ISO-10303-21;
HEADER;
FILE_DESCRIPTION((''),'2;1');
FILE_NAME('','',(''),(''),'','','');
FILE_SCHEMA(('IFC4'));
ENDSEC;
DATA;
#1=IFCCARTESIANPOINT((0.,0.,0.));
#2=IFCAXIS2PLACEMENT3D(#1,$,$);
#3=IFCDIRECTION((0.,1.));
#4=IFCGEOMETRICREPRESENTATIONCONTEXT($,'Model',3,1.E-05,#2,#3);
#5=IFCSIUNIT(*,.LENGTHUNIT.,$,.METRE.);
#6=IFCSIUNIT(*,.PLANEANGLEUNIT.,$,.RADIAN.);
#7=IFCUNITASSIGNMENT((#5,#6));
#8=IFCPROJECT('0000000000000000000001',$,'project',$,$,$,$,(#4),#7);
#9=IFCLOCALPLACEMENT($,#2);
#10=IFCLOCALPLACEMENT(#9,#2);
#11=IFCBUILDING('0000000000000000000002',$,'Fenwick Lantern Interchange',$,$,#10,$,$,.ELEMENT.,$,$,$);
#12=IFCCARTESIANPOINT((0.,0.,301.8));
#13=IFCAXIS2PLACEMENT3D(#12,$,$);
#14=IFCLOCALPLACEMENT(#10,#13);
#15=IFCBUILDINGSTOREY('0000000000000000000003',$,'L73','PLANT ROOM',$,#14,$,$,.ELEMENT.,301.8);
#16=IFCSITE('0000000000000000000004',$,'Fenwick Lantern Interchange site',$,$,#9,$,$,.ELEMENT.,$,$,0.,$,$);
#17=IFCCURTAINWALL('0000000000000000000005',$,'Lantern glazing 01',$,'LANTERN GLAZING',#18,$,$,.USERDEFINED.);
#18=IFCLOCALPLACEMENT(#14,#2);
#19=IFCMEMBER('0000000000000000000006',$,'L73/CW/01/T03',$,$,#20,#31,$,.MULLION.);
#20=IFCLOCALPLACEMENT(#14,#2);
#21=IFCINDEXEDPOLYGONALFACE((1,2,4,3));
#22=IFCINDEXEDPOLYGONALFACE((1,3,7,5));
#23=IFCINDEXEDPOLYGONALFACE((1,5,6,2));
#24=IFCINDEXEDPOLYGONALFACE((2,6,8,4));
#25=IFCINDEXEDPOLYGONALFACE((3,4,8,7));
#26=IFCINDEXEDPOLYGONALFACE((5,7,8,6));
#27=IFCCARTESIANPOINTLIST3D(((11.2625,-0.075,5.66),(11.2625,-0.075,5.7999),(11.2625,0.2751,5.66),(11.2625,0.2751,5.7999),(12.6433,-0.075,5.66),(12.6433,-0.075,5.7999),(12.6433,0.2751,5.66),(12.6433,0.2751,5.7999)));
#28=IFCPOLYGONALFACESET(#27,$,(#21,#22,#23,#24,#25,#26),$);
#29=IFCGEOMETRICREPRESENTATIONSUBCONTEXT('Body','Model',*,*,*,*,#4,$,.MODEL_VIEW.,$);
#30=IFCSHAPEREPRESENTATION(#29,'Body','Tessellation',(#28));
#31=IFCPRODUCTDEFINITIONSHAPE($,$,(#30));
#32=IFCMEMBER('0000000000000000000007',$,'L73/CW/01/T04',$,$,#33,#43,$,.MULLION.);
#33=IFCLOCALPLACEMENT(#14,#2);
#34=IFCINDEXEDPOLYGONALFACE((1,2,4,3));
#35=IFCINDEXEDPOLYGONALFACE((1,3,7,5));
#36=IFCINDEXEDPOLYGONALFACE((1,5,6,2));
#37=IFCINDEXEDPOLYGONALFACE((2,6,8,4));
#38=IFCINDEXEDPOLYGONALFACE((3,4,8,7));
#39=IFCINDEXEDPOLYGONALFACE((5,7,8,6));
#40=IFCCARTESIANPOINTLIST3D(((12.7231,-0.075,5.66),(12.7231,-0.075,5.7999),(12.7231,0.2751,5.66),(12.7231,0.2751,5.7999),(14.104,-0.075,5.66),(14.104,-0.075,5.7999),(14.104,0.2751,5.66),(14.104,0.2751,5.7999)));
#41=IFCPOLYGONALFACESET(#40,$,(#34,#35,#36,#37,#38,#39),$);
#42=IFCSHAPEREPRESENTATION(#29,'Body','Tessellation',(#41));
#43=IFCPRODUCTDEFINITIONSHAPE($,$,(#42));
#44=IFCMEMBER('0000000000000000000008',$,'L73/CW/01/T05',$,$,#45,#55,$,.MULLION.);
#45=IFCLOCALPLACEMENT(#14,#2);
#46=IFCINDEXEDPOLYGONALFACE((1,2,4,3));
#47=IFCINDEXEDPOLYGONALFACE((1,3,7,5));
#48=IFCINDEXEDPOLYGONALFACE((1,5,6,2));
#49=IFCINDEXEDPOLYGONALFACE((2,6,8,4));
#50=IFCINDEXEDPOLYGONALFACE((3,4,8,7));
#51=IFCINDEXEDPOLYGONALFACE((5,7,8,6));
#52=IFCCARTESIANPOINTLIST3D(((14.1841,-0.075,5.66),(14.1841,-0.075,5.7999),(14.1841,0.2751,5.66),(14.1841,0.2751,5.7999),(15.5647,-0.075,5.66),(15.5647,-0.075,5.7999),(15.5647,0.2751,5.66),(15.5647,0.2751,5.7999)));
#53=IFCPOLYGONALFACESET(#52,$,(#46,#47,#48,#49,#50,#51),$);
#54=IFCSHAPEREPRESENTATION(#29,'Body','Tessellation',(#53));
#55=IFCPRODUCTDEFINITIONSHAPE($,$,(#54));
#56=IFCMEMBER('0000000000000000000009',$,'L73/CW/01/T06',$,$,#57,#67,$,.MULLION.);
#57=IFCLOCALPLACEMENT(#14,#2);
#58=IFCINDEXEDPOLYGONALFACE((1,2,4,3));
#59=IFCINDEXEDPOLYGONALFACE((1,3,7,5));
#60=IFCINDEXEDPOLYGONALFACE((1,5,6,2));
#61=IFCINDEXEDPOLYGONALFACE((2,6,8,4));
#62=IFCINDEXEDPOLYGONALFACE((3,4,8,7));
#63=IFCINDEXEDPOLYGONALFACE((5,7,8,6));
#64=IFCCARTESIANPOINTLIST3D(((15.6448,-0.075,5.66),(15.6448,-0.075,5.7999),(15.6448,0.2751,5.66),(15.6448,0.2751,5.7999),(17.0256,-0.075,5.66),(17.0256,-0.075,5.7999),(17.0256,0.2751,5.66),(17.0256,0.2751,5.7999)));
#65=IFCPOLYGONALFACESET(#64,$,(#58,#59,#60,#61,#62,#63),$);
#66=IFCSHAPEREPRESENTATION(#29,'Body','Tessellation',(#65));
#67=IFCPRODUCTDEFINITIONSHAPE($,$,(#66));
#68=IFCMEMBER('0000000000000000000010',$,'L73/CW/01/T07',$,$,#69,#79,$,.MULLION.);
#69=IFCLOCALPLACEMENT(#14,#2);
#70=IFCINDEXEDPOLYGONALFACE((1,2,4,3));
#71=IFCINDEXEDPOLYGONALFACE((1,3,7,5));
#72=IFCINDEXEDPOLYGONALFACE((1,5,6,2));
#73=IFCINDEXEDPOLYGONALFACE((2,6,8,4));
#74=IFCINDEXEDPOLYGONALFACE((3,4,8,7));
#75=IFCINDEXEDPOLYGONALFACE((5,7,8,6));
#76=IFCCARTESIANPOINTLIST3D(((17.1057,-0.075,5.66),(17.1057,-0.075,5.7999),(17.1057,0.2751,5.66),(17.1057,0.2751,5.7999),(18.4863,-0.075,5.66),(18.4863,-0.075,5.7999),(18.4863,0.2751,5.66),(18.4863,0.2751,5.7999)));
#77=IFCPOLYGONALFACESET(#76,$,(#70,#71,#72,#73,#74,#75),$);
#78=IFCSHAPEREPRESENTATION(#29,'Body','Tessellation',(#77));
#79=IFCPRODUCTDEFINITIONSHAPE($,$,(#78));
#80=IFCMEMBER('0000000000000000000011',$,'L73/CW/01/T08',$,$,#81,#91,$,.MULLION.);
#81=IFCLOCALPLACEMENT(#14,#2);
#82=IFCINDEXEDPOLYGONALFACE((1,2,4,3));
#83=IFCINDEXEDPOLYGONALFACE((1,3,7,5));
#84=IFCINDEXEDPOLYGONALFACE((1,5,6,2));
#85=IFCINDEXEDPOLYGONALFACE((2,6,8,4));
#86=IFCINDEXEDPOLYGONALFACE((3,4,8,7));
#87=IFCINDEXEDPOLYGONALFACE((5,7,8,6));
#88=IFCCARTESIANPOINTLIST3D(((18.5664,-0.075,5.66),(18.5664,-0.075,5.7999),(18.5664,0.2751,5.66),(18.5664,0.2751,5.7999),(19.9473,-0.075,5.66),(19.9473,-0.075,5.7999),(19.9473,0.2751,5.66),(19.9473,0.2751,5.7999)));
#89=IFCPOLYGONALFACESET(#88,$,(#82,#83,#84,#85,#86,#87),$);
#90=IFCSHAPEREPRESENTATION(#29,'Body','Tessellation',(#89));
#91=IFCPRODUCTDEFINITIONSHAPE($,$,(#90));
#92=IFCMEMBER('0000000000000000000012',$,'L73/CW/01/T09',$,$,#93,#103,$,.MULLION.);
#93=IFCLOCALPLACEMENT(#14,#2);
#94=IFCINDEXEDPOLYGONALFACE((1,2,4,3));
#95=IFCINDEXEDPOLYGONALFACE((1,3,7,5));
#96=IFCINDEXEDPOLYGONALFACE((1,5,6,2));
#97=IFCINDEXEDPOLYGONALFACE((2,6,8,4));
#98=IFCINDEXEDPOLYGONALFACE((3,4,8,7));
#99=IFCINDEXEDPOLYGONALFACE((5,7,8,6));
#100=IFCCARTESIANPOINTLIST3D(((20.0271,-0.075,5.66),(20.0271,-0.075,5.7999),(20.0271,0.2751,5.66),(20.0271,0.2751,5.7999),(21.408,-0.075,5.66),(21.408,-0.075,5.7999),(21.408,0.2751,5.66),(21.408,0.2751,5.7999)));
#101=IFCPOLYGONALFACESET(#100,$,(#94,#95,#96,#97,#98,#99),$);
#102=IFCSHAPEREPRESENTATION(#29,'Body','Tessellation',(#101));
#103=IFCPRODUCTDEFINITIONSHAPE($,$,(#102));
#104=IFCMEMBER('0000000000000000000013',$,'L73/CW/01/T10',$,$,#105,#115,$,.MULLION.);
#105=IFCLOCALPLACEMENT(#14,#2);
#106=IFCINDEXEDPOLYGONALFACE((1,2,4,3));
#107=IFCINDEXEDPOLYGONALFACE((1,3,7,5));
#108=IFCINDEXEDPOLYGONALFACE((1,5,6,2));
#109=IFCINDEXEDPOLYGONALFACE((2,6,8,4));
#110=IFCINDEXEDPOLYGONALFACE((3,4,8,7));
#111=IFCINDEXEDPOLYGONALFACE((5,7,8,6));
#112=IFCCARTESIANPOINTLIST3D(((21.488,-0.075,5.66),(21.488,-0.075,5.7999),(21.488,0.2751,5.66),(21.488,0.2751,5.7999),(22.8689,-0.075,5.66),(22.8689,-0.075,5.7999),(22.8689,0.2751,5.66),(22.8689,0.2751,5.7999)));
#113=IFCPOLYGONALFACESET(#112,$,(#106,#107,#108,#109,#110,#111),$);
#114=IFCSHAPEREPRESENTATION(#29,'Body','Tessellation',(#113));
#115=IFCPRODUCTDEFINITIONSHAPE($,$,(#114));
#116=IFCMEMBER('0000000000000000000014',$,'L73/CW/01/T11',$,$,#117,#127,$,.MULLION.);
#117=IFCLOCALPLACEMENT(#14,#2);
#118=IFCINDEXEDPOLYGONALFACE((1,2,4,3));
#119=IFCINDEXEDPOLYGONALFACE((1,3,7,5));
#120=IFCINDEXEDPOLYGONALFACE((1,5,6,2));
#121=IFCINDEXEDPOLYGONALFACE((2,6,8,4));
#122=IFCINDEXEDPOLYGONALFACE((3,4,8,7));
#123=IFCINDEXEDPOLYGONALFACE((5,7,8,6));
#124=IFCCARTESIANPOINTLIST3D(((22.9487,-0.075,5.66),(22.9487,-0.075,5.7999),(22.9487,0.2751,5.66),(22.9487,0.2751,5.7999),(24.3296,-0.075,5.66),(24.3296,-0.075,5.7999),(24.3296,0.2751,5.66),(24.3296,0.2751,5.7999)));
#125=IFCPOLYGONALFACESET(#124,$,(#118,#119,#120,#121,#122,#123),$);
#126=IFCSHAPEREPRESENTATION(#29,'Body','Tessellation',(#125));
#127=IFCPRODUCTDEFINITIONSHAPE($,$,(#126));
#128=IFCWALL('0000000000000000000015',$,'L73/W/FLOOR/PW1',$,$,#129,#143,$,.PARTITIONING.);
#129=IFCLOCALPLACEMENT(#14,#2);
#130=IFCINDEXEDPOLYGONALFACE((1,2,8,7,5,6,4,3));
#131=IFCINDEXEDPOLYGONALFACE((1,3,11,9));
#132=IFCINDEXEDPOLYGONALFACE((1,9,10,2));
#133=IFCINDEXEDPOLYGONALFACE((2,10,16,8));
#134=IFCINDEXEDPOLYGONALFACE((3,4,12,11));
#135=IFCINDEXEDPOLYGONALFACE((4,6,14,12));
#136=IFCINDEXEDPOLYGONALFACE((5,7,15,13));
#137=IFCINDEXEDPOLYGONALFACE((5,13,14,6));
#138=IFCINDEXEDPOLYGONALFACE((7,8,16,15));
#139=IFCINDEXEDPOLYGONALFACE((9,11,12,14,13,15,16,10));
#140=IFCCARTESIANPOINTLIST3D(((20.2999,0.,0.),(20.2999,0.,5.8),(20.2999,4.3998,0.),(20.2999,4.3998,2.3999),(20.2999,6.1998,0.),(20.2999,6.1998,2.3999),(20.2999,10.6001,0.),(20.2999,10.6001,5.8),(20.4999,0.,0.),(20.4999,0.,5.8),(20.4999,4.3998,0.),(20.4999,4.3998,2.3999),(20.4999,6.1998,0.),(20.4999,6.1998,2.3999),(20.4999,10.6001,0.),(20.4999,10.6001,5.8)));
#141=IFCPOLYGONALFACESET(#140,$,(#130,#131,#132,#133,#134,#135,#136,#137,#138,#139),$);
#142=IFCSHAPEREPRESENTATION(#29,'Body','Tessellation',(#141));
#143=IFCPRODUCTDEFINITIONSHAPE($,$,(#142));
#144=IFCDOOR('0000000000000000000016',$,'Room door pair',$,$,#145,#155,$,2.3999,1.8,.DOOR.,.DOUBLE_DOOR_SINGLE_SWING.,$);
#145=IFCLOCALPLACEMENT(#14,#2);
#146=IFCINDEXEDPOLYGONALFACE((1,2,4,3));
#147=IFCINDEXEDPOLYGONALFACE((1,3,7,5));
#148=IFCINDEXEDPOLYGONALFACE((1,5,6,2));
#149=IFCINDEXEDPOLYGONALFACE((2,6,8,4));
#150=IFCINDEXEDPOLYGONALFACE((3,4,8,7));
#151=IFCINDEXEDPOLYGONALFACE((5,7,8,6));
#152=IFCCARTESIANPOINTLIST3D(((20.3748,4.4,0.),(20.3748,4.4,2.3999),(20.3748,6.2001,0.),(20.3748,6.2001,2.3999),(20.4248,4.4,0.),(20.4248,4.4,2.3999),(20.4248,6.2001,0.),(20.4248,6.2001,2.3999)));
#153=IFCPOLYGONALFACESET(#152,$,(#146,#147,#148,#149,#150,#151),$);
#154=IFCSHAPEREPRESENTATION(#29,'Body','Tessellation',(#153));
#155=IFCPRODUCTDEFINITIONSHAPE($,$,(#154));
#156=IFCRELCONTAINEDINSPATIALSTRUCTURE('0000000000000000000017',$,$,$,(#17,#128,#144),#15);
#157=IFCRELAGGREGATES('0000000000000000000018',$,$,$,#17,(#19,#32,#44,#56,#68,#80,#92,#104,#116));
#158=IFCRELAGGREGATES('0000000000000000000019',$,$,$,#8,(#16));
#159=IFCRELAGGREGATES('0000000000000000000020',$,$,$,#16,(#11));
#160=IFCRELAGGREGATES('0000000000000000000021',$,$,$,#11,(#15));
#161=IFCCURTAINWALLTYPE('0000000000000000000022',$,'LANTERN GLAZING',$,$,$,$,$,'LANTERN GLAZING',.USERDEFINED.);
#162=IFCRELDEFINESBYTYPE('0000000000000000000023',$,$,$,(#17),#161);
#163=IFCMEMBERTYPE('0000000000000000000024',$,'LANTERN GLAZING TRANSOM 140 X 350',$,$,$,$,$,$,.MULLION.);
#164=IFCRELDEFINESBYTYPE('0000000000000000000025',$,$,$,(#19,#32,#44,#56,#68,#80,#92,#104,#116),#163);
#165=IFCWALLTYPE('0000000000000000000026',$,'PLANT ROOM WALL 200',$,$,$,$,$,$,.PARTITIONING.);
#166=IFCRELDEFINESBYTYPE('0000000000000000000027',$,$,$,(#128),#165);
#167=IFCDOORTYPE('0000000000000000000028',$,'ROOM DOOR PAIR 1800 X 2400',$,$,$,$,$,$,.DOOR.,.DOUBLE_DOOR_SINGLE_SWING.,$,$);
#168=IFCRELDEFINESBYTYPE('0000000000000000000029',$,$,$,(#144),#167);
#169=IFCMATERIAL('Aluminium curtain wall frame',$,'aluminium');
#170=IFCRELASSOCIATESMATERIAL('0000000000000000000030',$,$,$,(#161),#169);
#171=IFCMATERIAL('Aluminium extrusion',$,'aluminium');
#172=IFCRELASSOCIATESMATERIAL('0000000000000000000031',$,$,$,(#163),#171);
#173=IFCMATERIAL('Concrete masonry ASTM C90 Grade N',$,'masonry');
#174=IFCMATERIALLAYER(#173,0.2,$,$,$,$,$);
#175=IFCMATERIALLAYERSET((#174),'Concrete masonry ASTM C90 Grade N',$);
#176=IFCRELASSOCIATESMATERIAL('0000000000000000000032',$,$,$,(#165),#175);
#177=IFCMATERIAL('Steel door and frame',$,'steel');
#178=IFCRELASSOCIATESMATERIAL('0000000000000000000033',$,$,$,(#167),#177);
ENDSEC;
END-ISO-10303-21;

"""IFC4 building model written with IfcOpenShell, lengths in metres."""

from ifc_helpers import new_model, si_unit, direction, frame, frame_2d, origin, origin_2d, place, context, subcontext, project, spatial, rectangle, extrude, material, layer, layer_set, material_profile, profile_set, type_object, element, fill, aggregate, save


model = new_model("IFC4")

# Units and contexts
model_context = context("Model", 3, precision=1e-05, world=origin(), true_north=direction((0.0, 1.0)))
body_context = subcontext(model_context, "Body", "Model", "MODEL_VIEW")
ifc_project = project(units=[si_unit("LENGTHUNIT", "METRE"), si_unit("PLANEANGLEUNIT", "RADIAN")], contexts=[model_context])

# Site, building, storey
site_placement = place(None, origin())
site = spatial("IfcSite", under=ifc_project, at=site_placement, Name="Fenwick Lantern Interchange site", CompositionType="ELEMENT", RefElevation=0.0)
building_placement = place(site_placement, origin())
building = spatial("IfcBuilding", under=site, at=building_placement, Name="Fenwick Lantern Interchange", CompositionType="ELEMENT")
storey_placement = place(building_placement, frame((0.0, 0.0, 301.8)))
storey = spatial("IfcBuildingStorey", under=building, at=storey_placement, Name="L73", Description="PLANT ROOM", CompositionType="ELEMENT", Elevation=301.8)

# Curtain wall, members
ifc_material_1 = material(Name="Aluminium curtain wall frame", Category="aluminium")
curtain_wall_type = type_object("IfcCurtainWallType", Name="LANTERN GLAZING", ElementType="LANTERN GLAZING", PredefinedType="USERDEFINED", material=ifc_material_1)
curtain_wall_placement = place(storey_placement, origin())
curtain_wall = element("IfcCurtainWall", 1, at=curtain_wall_placement, inside=storey, type_object=curtain_wall_type, Name="Lantern glazing 01", ObjectType="LANTERN GLAZING", PredefinedType="USERDEFINED")
ifc_material_2 = material(Name="Aluminium extrusion", Category="aluminium")
ifc_material_profile_1 = material_profile(ifc_material_2, rectangle(XDim=0.3501, YDim=0.1399, at=origin_2d()), Name="LANTERN GLAZING TRANSOM 140 X 350")
ifc_profile_set_1 = profile_set([ifc_material_profile_1], Name="Aluminium extrusion")
member_type_1 = type_object("IfcMemberType", Name="LANTERN GLAZING TRANSOM 140 X 350", PredefinedType="MULLION", material=ifc_profile_set_1)
member_1_placement = place(storey_placement, frame((11.2625, 0.1001, 5.73), z_axis=(1.0, 0.0, 0.0), x_axis=(0.0, 1.0, 0.0)))
member_1 = element("IfcMember", 2, at=member_1_placement, type_object=member_type_1, Name="L73/CW/01/T03", PredefinedType="MULLION", context=body_context, shape_type="SweptSolid", body=[
    extrude(rectangle(XDim=0.3501, YDim=0.1399, at=origin_2d()), origin(), (0.0, 0.0, 1.0), 1.3809),
])
member_2_placement = place(storey_placement, frame((12.7231, 0.1001, 5.73), z_axis=(1.0, 0.0, 0.0), x_axis=(0.0, 1.0, 0.0)))
member_2 = element("IfcMember", 3, at=member_2_placement, type_object=member_type_1, Name="L73/CW/01/T04", PredefinedType="MULLION", context=body_context, shape_type="SweptSolid", body=[
    extrude(rectangle(XDim=0.3501, YDim=0.1399, at=origin_2d()), origin(), (0.0, 0.0, 1.0), 1.3809),
])
member_3_placement = place(storey_placement, frame((14.1841, 0.1001, 5.73), z_axis=(1.0, 0.0, 0.0), x_axis=(0.0, 1.0, 0.0)))
member_3 = element("IfcMember", 4, at=member_3_placement, type_object=member_type_1, Name="L73/CW/01/T05", PredefinedType="MULLION", context=body_context, shape_type="SweptSolid", body=[
    extrude(rectangle(XDim=0.3501, YDim=0.1399, at=origin_2d()), origin(), (0.0, 0.0, 1.0), 1.3806),
])
member_4_placement = place(storey_placement, frame((15.6448, 0.1001, 5.73), z_axis=(1.0, 0.0, 0.0), x_axis=(0.0, 1.0, 0.0)))
member_4 = element("IfcMember", 5, at=member_4_placement, type_object=member_type_1, Name="L73/CW/01/T06", PredefinedType="MULLION", context=body_context, shape_type="SweptSolid", body=[
    extrude(rectangle(XDim=0.3501, YDim=0.1399, at=origin_2d()), origin(), (0.0, 0.0, 1.0), 1.3809),
])
member_5_placement = place(storey_placement, frame((17.1057, 0.1001, 5.73), z_axis=(1.0, 0.0, 0.0), x_axis=(0.0, 1.0, 0.0)))
member_5 = element("IfcMember", 6, at=member_5_placement, type_object=member_type_1, Name="L73/CW/01/T07", PredefinedType="MULLION", context=body_context, shape_type="SweptSolid", body=[
    extrude(rectangle(XDim=0.3501, YDim=0.1399, at=origin_2d()), origin(), (0.0, 0.0, 1.0), 1.3806),
])
member_6_placement = place(storey_placement, frame((18.5664, 0.1001, 5.73), z_axis=(1.0, 0.0, 0.0), x_axis=(0.0, 1.0, 0.0)))
member_6 = element("IfcMember", 7, at=member_6_placement, type_object=member_type_1, Name="L73/CW/01/T08", PredefinedType="MULLION", context=body_context, shape_type="SweptSolid", body=[
    extrude(rectangle(XDim=0.3501, YDim=0.1399, at=origin_2d()), origin(), (0.0, 0.0, 1.0), 1.3809),
])
member_7_placement = place(storey_placement, frame((20.0271, 0.1001, 5.73), z_axis=(1.0, 0.0, 0.0), x_axis=(0.0, 1.0, 0.0)))
member_7 = element("IfcMember", 8, at=member_7_placement, type_object=member_type_1, Name="L73/CW/01/T09", PredefinedType="MULLION", context=body_context, shape_type="SweptSolid", body=[
    extrude(rectangle(XDim=0.3501, YDim=0.1399, at=origin_2d()), origin(), (0.0, 0.0, 1.0), 1.3809),
])
member_8_placement = place(storey_placement, frame((21.488, 0.1001, 5.73), z_axis=(1.0, 0.0, 0.0), x_axis=(0.0, 1.0, 0.0)))
member_8 = element("IfcMember", 9, at=member_8_placement, type_object=member_type_1, Name="L73/CW/01/T10", PredefinedType="MULLION", context=body_context, shape_type="SweptSolid", body=[
    extrude(rectangle(XDim=0.3501, YDim=0.1399, at=origin_2d()), origin(), (0.0, 0.0, 1.0), 1.3809),
])
member_9_placement = place(storey_placement, frame((22.9487, 0.1001, 5.73), z_axis=(1.0, 0.0, 0.0), x_axis=(0.0, 1.0, 0.0)))
member_9 = element("IfcMember", 10, at=member_9_placement, type_object=member_type_1, Name="L73/CW/01/T11", PredefinedType="MULLION", context=body_context, shape_type="SweptSolid", body=[
    extrude(rectangle(XDim=0.3501, YDim=0.1399, at=origin_2d()), origin(), (0.0, 0.0, 1.0), 1.3809),
])
aggregate(curtain_wall, [member_1, member_2, member_3, member_4, member_5, member_6, member_7, member_8, member_9])

# Wall, opening, door
ifc_material_3 = material(Name="Concrete masonry ASTM C90 Grade N", Category="masonry")
ifc_layer = layer(ifc_material_3, 0.2)
ifc_layer_set = layer_set([ifc_layer], Name="Concrete masonry ASTM C90 Grade N")
wall_type = type_object("IfcWallType", Name="PLANT ROOM WALL 200", PredefinedType="PARTITIONING", material=ifc_layer_set)
wall_placement = place(storey_placement, frame((20.3999, 0.0, 0.0), z_axis=(0.0, 0.0, 1.0), x_axis=(0.0, 1.0, 0.0)))
wall = element("IfcWall", 11, at=wall_placement, inside=storey, type_object=wall_type, Name="L73/W/FLOOR/PW1", PredefinedType="PARTITIONING", context=body_context, shape_type="SweptSolid", body=[
    extrude(rectangle(XDim=10.6001, YDim=0.2, at=frame_2d((5.3, 0.0))), origin(), (0.0, 0.0, 1.0), 5.8),
])
opening_placement = place(wall_placement, frame((4.3999, 0.0, 0.0)))
opening = element("IfcOpeningElement", 12, at=opening_placement, cuts=wall, PredefinedType="OPENING", context=body_context, shape_type="SweptSolid", body=[
    extrude(rectangle(XDim=1.8, YDim=2.3999, at=frame_2d((0.8999, 1.2))), frame((0.0, 0.1099, 0.0), z_axis=(0.0, -1.0, 0.0), x_axis=(1.0, 0.0, 0.0)), (0.0, 0.0, 1.0), 0.22),
])
ifc_material_4 = material(Name="Steel door and frame", Category="steel")
door_type = type_object("IfcDoorType", Name="ROOM DOOR PAIR 1800 X 2400", OperationType="DOUBLE_DOOR_SINGLE_SWING", PredefinedType="DOOR", material=ifc_material_4)
door_placement = place(opening_placement, frame((1.8, 0.0, 0.0), z_axis=(0.0, 0.0, 1.0), x_axis=(-1.0, 0.0, 0.0)))
door = element("IfcDoor", 13, at=door_placement, inside=storey, type_object=door_type, Name="Room door pair", OperationType="DOUBLE_DOOR_SINGLE_SWING", OverallHeight=2.3999, OverallWidth=1.8, PredefinedType="DOOR", context=body_context, shape_type="SweptSolid", body=[
    extrude(rectangle(XDim=1.8, YDim=2.3999, at=frame_2d((0.8999, 1.2))), frame((0.0, 0.0249, 0.0), z_axis=(0.0, -1.0, 0.0), x_axis=(1.0, 0.0, 0.0)), (0.0, 0.0, 1.0), 0.05),
])
fill(opening, door)

save(model, "model.ifc")
